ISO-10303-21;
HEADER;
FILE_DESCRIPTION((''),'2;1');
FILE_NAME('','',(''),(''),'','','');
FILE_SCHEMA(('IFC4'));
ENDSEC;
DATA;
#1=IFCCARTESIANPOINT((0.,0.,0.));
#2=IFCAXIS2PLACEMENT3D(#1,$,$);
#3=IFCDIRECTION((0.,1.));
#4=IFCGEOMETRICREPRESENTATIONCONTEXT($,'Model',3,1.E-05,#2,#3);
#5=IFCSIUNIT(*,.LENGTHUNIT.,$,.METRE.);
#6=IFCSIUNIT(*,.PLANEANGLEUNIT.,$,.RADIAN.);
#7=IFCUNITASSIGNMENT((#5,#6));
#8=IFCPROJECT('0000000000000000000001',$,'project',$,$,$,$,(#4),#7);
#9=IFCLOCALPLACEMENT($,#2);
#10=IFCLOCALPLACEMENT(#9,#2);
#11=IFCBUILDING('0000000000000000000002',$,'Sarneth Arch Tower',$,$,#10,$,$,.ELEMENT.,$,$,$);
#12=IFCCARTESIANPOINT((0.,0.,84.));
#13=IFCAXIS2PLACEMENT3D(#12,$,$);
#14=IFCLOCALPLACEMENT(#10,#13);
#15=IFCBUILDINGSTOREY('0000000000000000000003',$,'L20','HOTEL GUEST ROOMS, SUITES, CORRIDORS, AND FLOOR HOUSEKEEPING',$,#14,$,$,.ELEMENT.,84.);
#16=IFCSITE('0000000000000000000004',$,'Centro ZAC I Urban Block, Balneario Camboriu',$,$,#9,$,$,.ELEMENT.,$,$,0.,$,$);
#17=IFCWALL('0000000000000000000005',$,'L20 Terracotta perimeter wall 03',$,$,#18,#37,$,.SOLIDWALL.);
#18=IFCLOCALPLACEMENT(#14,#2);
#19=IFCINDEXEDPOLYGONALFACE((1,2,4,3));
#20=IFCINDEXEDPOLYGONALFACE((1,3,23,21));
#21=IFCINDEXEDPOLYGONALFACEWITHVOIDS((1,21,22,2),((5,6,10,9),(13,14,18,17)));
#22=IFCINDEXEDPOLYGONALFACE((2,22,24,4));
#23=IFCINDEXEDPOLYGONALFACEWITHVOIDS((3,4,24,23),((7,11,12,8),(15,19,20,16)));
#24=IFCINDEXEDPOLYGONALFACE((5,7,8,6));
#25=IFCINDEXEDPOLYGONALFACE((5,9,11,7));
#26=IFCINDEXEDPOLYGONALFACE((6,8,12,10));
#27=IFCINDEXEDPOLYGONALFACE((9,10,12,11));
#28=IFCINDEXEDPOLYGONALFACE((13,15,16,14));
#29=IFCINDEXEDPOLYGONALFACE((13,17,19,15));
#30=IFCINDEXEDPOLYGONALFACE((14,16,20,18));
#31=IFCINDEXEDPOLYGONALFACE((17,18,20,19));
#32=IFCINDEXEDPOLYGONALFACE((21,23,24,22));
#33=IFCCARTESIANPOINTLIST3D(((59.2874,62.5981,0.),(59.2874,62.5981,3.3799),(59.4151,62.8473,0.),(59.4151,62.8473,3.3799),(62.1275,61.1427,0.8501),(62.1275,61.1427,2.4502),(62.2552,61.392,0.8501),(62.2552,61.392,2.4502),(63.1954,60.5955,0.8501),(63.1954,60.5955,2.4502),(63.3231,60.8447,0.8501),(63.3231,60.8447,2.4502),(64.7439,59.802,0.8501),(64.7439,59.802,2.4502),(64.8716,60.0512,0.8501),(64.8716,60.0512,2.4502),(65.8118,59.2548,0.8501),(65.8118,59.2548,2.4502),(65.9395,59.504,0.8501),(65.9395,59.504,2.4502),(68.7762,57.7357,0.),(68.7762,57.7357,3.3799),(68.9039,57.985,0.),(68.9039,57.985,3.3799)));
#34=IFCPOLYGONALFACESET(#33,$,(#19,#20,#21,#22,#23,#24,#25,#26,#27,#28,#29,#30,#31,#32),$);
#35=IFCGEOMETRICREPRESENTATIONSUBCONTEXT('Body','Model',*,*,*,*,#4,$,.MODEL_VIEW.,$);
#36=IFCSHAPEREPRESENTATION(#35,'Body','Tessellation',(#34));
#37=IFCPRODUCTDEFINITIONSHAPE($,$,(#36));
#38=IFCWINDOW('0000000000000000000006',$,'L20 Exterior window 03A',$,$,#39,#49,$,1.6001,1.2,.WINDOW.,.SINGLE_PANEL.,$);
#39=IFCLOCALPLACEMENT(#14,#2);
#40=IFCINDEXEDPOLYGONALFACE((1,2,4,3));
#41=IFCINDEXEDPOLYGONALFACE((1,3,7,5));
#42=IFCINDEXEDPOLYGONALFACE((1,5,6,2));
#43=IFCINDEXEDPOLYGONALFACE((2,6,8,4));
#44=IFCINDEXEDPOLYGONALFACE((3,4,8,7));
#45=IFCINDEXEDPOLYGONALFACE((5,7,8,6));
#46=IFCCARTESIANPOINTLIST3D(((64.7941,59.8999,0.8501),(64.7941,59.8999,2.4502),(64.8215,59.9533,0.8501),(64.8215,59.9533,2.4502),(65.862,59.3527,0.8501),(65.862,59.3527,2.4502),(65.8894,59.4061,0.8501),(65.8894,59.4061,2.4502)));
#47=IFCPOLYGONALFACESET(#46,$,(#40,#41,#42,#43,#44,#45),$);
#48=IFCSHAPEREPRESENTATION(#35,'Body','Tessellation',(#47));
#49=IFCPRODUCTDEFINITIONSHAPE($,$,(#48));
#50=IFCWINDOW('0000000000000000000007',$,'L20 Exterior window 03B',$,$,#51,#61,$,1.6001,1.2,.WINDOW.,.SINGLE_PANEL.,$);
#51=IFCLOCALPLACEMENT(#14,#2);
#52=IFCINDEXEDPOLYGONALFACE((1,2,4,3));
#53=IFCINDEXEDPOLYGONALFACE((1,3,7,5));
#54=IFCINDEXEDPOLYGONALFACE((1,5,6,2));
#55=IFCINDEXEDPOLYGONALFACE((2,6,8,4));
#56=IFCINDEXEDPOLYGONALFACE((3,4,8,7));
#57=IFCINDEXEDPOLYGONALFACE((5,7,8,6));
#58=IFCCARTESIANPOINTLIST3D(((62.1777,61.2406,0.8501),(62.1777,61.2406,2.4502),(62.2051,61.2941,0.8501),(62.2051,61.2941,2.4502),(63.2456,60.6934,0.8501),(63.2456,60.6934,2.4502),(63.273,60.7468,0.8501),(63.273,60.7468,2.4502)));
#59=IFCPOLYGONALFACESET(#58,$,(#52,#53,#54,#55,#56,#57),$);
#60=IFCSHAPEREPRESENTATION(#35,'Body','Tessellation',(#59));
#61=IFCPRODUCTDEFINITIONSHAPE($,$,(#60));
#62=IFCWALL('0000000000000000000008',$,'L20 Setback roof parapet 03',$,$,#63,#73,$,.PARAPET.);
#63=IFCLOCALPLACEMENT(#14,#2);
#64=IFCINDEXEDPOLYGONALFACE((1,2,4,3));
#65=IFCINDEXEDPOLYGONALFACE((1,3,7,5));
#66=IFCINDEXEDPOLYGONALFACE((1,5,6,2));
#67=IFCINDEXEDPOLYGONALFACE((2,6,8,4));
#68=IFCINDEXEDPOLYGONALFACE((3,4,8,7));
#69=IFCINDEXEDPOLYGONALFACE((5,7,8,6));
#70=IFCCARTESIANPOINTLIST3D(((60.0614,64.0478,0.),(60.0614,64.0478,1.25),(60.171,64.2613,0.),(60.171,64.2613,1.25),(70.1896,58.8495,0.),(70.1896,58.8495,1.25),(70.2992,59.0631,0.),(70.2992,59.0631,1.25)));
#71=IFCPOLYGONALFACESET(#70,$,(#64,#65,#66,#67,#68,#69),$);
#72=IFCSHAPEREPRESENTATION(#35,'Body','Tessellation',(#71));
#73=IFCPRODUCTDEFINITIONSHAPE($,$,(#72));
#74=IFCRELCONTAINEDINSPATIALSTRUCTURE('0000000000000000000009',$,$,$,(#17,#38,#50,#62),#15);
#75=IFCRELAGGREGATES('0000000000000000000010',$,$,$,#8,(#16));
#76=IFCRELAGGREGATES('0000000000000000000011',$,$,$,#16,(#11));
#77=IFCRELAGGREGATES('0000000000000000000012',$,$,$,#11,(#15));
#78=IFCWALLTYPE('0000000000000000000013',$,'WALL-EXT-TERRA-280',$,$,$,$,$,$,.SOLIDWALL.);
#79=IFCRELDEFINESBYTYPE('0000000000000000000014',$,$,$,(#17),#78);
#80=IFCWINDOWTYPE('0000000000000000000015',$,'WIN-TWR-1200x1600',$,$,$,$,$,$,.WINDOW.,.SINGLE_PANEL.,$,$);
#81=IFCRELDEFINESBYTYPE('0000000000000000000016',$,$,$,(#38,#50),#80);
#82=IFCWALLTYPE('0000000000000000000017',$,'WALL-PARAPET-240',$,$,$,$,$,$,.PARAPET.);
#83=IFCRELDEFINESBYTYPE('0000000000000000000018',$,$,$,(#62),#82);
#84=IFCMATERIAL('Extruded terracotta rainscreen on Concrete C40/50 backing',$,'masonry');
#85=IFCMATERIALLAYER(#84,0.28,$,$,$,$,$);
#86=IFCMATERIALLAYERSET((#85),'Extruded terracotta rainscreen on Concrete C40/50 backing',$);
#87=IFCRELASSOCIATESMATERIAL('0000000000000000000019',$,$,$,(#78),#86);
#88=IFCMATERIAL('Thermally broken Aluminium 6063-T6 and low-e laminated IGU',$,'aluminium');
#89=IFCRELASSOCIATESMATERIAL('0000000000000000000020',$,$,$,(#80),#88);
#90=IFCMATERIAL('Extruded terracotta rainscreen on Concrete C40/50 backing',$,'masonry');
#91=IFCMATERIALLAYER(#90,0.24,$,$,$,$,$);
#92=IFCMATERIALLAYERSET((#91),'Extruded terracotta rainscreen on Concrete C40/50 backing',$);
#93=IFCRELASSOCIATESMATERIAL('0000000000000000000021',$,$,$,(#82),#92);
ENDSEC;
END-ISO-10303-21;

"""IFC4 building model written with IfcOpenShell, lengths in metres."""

from ifc_helpers import new_model, si_unit, direction, frame, frame_2d, origin, place, context, subcontext, project, spatial, rectangle, extrude, material, layer, layer_set, type_object, element, fill, save


model = new_model("IFC4")

# Units and contexts
model_context = context("Model", 3, precision=1e-05, world=origin(), true_north=direction((0.0, 1.0)))
body_context = subcontext(model_context, "Body", "Model", "MODEL_VIEW")
ifc_project = project(units=[si_unit("LENGTHUNIT", "METRE"), si_unit("PLANEANGLEUNIT", "RADIAN")], contexts=[model_context])

# Site, building, storey
site_placement = place(None, origin())
site = spatial("IfcSite", under=ifc_project, at=site_placement, Name="Centro ZAC I Urban Block, Balneario Camboriu", CompositionType="ELEMENT", RefElevation=0.0)
building_placement = place(site_placement, origin())
building = spatial("IfcBuilding", under=site, at=building_placement, Name="Sarneth Arch Tower", CompositionType="ELEMENT")
storey_placement = place(building_placement, frame((0.0, 0.0, 84.0)))
storey = spatial("IfcBuildingStorey", under=building, at=storey_placement, Name="L20", Description="HOTEL GUEST ROOMS, SUITES, CORRIDORS, AND FLOOR HOUSEKEEPING", CompositionType="ELEMENT", Elevation=84.0)

# Wall, openings, windows
ifc_material_1 = material(Name="Extruded terracotta rainscreen on Concrete C40/50 backing", Category="masonry")
ifc_layer_1 = layer(ifc_material_1, 0.28)
ifc_layer_set_1 = layer_set([ifc_layer_1], Name="Extruded terracotta rainscreen on Concrete C40/50 backing")
wall_type_1 = type_object("IfcWallType", Name="WALL-EXT-TERRA-280", PredefinedType="SOLIDWALL", material=ifc_layer_set_1)
wall_1_placement = place(storey_placement, frame((68.8401, 57.8604, 0.0), z_axis=(0.0, 0.0, 1.0), x_axis=(-0.88996, 0.45604, 0.0)))
wall_1 = element("IfcWall", 1, at=wall_1_placement, inside=storey, type_object=wall_type_1, Name="L20 Terracotta perimeter wall 03", PredefinedType="SOLIDWALL", context=body_context, shape_type="SweptSolid", body=[
    extrude(rectangle(XDim=10.6621, YDim=0.28, at=frame_2d((5.3311, 0.0))), origin(), (0.0, 0.0, 1.0), 3.3799),
])
opening_1_placement = place(wall_1_placement, frame((3.3308, 0.0, 0.8501)))
opening_1 = element("IfcOpeningElement", 2, at=opening_1_placement, cuts=wall_1, PredefinedType="OPENING", context=body_context, shape_type="SweptSolid", body=[
    extrude(rectangle(XDim=1.2, YDim=1.6001, at=frame_2d((0.6001, 0.8))), frame((0.0, 0.1499, 0.0), z_axis=(0.0, -1.0, 0.0), x_axis=(1.0, 0.0, 0.0)), (0.0, 0.0, 1.0), 0.3),
])
opening_2_placement = place(wall_1_placement, frame((6.2708, 0.0, 0.8501)))
opening_2 = element("IfcOpeningElement", 3, at=opening_2_placement, cuts=wall_1, PredefinedType="OPENING", context=body_context, shape_type="SweptSolid", body=[
    extrude(rectangle(XDim=1.2, YDim=1.6001, at=frame_2d((0.6001, 0.8))), frame((0.0, 0.1499, 0.0), z_axis=(0.0, -1.0, 0.0), x_axis=(1.0, 0.0, 0.0)), (0.0, 0.0, 1.0), 0.3),
])
ifc_material_2 = material(Name="Thermally broken Aluminium 6063-T6 and low-e laminated IGU", Category="aluminium")
window_type = type_object("IfcWindowType", Name="WIN-TWR-1200x1600", PartitioningType="SINGLE_PANEL", PredefinedType="WINDOW", material=ifc_material_2)
window_1_placement = place(opening_1_placement, origin())
window_1 = element("IfcWindow", 4, at=window_1_placement, inside=storey, type_object=window_type, Name="L20 Exterior window 03A", OverallHeight=1.6001, OverallWidth=1.2, PartitioningType="SINGLE_PANEL", PredefinedType="WINDOW", context=body_context, shape_type="SweptSolid", body=[
    extrude(rectangle(XDim=1.2, YDim=1.6001, at=frame_2d((0.6001, 0.8))), frame((0.0, 0.03, 0.0), z_axis=(0.0, -1.0, 0.0), x_axis=(1.0, 0.0, 0.0)), (0.0, 0.0, 1.0), 0.0601),
])
fill(opening_1, window_1)
window_2_placement = place(opening_2_placement, origin())
window_2 = element("IfcWindow", 5, at=window_2_placement, inside=storey, type_object=window_type, Name="L20 Exterior window 03B", OverallHeight=1.6001, OverallWidth=1.2, PartitioningType="SINGLE_PANEL", PredefinedType="WINDOW", context=body_context, shape_type="SweptSolid", body=[
    extrude(rectangle(XDim=1.2, YDim=1.6001, at=frame_2d((0.6001, 0.8))), frame((0.0, 0.03, 0.0), z_axis=(0.0, -1.0, 0.0), x_axis=(1.0, 0.0, 0.0)), (0.0, 0.0, 1.0), 0.0601),
])
fill(opening_2, window_2)

# Wall
ifc_material_3 = material(Name="Extruded terracotta rainscreen on Concrete C40/50 backing", Category="masonry")
ifc_layer_2 = layer(ifc_material_3, 0.24)
ifc_layer_set_2 = layer_set([ifc_layer_2], Name="Extruded terracotta rainscreen on Concrete C40/50 backing")
wall_type_2 = type_object("IfcWallType", Name="WALL-PARAPET-240", PredefinedType="PARAPET", material=ifc_layer_set_2)
wall_2_placement = place(storey_placement, frame((70.2444, 58.9563, 0.0), z_axis=(0.0, 0.0, 1.0), x_axis=(-0.889664, 0.456616, 0.0)))
element("IfcWall", 6, at=wall_2_placement, inside=storey, type_object=wall_type_2, Name="L20 Setback roof parapet 03", PredefinedType="PARAPET", context=body_context, shape_type="SweptSolid", body=[
    extrude(rectangle(XDim=11.3843, YDim=0.24, at=frame_2d((5.6921, 0.0))), origin(), (0.0, 0.0, 1.0), 1.25),
])

save(model, "model.ifc")
